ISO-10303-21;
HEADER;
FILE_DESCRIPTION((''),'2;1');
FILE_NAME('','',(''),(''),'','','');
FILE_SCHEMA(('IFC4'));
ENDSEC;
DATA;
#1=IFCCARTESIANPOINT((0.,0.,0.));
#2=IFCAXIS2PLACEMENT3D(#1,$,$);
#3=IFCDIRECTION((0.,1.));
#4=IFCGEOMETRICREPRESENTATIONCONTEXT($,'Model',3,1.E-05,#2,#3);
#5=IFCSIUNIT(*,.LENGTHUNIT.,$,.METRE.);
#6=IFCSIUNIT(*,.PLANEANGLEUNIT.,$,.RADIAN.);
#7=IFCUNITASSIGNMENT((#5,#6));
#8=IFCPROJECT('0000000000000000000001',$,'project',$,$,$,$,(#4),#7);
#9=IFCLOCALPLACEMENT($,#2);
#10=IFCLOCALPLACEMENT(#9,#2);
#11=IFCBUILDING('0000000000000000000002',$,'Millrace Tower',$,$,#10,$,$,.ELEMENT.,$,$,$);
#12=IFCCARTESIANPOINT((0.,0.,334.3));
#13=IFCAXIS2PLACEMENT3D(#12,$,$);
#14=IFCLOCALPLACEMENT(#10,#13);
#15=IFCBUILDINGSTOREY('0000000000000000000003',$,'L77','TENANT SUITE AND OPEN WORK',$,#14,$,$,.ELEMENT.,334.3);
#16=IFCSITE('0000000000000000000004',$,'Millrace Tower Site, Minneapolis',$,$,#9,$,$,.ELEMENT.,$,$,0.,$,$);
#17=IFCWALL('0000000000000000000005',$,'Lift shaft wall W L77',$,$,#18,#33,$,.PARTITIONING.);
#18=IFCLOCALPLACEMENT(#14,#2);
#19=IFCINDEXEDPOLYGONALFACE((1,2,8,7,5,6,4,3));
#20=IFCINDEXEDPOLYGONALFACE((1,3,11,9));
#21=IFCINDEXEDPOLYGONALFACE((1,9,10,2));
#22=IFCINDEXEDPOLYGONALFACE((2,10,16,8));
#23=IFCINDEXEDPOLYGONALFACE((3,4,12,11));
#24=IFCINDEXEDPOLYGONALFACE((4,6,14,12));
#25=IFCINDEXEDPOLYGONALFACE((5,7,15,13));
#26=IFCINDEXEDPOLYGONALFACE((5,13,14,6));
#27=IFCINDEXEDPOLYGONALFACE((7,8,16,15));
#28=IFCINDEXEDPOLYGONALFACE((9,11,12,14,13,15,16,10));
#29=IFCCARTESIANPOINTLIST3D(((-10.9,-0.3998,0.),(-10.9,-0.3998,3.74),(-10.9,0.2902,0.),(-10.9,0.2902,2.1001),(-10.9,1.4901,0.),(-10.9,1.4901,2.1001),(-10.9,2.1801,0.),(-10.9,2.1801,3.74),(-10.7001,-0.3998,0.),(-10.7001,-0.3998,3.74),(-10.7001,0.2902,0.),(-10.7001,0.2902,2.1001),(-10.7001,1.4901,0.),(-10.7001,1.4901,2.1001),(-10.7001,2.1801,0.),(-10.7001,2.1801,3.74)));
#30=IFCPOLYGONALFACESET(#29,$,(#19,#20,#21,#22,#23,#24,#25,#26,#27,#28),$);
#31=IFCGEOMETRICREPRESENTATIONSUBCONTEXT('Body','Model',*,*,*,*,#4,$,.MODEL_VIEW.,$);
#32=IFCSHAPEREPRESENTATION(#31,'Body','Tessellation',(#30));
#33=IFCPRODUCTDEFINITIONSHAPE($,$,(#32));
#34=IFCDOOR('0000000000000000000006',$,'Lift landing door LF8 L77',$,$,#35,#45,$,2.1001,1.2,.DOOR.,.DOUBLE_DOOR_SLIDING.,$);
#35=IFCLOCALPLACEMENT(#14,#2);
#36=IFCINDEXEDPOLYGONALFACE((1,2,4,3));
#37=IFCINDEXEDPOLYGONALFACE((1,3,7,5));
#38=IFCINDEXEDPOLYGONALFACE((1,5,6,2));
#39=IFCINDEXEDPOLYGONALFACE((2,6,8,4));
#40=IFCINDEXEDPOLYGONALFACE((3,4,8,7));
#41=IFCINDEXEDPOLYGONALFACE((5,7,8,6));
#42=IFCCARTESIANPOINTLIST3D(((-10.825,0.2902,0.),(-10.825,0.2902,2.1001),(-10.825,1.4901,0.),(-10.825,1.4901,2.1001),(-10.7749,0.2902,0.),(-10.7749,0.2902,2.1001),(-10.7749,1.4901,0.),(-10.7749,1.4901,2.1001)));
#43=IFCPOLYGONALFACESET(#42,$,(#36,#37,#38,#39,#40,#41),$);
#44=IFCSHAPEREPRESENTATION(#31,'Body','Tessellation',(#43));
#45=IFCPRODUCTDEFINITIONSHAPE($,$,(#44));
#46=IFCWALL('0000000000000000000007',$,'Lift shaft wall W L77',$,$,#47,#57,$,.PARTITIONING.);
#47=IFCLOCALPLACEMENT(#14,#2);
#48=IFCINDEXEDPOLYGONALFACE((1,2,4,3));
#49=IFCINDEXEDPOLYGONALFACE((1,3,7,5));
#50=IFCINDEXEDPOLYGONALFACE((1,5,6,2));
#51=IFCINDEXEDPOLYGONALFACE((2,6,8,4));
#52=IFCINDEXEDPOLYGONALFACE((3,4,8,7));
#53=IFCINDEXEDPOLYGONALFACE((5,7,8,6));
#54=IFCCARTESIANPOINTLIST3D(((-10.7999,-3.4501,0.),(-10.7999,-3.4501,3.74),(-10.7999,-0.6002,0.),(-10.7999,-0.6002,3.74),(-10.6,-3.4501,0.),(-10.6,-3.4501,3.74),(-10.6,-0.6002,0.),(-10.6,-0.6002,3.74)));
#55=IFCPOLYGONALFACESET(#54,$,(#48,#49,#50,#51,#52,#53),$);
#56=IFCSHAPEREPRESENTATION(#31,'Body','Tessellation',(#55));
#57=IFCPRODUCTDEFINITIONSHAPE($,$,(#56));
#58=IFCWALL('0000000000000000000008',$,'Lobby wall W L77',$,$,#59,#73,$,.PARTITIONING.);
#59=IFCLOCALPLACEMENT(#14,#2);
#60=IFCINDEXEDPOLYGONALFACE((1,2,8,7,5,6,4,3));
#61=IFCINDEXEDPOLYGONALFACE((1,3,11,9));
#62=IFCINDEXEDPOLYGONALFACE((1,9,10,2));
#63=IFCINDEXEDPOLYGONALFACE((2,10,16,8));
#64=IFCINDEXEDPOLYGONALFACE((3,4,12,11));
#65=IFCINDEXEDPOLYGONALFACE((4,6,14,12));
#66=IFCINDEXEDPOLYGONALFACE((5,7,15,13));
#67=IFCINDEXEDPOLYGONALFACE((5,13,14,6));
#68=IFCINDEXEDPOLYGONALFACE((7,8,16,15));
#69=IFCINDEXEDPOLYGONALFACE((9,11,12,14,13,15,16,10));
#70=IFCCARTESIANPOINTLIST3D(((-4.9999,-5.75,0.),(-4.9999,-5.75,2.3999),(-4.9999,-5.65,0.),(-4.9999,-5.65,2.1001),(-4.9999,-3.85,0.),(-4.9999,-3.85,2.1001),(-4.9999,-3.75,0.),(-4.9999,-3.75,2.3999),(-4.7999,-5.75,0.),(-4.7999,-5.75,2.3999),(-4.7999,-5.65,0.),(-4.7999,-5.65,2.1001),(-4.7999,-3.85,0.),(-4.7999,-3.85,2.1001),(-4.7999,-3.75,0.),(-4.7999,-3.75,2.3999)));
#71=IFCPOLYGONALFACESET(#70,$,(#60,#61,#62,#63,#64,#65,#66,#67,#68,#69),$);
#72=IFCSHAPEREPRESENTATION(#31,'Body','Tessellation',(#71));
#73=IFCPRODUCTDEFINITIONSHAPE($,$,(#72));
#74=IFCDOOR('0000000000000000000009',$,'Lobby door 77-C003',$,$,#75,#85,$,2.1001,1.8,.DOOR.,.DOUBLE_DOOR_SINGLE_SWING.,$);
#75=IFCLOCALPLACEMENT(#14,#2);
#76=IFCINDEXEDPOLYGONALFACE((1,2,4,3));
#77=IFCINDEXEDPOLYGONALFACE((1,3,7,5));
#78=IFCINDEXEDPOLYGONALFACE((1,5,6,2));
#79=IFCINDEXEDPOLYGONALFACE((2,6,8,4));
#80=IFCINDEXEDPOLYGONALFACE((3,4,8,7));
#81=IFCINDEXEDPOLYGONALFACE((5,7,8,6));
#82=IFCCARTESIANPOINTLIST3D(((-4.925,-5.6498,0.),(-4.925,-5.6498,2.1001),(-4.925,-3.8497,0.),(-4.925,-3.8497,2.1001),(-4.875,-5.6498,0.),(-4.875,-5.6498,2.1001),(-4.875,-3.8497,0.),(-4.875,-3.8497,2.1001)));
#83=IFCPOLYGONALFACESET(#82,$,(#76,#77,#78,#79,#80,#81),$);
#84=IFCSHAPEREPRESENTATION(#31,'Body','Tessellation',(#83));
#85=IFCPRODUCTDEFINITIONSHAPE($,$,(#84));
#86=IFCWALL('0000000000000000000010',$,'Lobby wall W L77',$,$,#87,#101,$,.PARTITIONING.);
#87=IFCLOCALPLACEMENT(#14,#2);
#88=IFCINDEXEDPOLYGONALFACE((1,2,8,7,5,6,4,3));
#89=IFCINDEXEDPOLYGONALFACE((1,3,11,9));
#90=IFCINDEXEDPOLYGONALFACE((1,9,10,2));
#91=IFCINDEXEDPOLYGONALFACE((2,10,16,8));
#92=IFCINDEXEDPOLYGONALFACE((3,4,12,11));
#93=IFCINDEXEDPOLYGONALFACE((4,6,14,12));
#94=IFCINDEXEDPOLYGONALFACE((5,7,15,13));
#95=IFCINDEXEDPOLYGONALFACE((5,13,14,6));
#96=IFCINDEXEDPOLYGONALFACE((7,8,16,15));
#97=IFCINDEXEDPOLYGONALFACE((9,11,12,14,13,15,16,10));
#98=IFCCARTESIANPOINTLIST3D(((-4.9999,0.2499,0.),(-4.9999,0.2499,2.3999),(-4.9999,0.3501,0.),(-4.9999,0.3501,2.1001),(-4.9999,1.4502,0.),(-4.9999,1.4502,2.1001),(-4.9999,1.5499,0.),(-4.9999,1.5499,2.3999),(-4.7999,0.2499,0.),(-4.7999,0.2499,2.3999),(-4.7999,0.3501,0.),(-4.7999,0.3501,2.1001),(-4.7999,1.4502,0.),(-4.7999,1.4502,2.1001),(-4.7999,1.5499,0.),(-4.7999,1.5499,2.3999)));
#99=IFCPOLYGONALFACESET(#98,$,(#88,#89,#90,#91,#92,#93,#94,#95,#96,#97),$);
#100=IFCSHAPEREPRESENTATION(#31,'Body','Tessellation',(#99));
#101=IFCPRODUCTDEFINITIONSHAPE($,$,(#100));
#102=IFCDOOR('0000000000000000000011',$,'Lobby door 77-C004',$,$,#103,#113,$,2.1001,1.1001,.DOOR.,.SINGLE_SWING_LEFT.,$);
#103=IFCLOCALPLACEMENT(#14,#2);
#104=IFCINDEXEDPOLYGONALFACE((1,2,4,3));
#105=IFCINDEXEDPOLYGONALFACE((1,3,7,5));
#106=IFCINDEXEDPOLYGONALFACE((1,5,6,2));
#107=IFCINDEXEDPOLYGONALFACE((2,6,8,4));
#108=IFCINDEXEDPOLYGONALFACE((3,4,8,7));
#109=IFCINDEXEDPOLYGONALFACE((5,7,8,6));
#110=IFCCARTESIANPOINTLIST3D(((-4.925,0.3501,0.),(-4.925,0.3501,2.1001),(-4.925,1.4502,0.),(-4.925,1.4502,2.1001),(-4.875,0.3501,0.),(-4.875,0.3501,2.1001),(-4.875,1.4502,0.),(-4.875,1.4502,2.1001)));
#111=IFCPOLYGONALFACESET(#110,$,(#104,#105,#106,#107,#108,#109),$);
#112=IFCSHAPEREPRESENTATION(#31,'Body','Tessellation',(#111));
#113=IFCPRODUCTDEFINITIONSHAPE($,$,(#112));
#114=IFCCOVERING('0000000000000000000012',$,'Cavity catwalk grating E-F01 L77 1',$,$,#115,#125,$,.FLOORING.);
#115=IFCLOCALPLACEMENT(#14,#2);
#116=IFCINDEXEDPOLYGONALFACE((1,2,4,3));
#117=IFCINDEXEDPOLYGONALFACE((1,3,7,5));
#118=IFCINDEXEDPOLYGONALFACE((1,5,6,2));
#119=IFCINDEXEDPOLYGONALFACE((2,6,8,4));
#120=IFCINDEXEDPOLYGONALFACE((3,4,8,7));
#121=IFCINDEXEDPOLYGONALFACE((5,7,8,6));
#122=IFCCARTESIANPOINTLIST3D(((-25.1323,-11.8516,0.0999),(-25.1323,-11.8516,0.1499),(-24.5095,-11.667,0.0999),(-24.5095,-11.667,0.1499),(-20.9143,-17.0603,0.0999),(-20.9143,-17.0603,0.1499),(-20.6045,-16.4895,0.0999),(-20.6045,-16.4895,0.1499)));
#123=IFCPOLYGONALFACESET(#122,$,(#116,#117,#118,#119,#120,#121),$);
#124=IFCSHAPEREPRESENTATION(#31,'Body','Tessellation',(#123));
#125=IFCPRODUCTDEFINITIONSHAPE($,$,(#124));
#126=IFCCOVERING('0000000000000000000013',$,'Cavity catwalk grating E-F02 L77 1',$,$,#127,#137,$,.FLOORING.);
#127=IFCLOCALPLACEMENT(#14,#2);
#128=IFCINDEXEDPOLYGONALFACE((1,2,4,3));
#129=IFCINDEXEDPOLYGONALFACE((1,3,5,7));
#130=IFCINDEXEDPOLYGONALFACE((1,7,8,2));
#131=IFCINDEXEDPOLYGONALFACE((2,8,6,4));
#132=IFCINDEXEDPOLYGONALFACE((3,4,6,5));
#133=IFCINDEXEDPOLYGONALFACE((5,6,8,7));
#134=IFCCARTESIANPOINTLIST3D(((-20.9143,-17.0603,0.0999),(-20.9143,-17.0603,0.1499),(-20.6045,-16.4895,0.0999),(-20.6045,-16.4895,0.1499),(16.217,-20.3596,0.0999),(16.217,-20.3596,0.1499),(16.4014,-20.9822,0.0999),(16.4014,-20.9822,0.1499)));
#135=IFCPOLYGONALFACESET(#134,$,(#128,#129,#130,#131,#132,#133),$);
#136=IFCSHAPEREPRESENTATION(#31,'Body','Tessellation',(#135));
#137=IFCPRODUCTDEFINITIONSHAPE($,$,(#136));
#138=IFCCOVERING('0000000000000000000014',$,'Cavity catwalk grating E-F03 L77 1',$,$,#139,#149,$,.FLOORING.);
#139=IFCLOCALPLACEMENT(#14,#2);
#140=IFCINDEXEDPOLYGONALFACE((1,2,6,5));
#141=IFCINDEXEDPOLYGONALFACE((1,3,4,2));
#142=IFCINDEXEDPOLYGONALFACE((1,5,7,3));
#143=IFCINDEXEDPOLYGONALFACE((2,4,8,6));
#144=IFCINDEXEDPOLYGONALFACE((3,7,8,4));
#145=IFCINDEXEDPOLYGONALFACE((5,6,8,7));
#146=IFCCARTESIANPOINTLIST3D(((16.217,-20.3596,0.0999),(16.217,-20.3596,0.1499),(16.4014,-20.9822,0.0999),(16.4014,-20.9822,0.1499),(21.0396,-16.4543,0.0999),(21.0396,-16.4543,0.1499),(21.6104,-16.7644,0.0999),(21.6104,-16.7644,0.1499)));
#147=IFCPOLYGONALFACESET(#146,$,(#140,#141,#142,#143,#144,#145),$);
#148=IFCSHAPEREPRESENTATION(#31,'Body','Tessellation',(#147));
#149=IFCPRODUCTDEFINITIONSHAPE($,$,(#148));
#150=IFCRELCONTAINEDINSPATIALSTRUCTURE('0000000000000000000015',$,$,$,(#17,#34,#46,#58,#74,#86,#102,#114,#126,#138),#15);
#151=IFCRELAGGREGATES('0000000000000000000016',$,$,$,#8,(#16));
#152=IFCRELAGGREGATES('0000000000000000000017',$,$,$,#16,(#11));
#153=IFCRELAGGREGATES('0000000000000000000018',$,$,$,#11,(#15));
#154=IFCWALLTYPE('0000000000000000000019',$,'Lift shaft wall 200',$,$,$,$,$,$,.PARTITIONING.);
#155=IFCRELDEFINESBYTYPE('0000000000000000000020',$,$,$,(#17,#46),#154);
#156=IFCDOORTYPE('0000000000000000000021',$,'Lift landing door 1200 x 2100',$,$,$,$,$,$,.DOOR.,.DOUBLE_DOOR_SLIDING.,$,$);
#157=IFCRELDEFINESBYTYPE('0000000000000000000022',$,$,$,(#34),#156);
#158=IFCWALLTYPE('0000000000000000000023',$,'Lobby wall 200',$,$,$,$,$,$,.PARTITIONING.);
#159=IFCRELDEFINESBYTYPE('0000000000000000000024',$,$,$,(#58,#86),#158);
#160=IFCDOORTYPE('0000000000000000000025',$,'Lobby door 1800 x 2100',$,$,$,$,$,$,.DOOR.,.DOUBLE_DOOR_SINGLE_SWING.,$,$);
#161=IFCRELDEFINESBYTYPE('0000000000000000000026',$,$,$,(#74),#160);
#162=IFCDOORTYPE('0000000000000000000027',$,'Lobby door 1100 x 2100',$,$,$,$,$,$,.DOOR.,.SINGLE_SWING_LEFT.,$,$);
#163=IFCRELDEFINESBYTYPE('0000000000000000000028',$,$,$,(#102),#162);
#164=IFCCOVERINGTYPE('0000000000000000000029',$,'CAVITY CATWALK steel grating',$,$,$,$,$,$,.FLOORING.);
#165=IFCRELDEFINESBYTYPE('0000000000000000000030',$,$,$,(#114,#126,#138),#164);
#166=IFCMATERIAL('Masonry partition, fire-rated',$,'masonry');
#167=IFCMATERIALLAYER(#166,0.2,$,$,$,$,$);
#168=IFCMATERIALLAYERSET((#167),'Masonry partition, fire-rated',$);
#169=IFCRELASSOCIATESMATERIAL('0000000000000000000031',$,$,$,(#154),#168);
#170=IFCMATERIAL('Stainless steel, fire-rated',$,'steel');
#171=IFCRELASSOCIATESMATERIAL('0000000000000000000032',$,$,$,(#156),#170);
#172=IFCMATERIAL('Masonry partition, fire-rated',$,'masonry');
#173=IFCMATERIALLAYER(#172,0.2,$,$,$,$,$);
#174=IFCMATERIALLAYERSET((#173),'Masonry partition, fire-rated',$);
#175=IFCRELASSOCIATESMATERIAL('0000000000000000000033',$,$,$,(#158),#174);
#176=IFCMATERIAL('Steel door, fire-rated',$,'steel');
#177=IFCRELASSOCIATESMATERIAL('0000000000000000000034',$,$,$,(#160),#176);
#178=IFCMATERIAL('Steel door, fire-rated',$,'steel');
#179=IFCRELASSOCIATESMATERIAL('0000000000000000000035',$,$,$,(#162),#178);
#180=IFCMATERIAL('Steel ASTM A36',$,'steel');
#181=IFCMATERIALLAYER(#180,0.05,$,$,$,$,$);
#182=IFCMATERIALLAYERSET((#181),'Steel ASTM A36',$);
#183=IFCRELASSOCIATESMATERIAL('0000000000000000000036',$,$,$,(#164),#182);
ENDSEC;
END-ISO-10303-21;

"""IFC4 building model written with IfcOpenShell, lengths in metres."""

from ifc_helpers import new_model, si_unit, direction, frame, frame_2d, origin, place, context, subcontext, project, spatial, polyline, rectangle, outline, extrude, material, layer, layer_set, type_object, element, fill, save


model = new_model("IFC4")

# Units and contexts
model_context = context("Model", 3, precision=1e-05, world=origin(), true_north=direction((0.0, 1.0)))
body_context = subcontext(model_context, "Body", "Model", "MODEL_VIEW")
ifc_project = project(units=[si_unit("LENGTHUNIT", "METRE"), si_unit("PLANEANGLEUNIT", "RADIAN")], contexts=[model_context])

# Site, building, storey
site_placement = place(None, origin())
site = spatial("IfcSite", under=ifc_project, at=site_placement, Name="Millrace Tower Site, Minneapolis", CompositionType="ELEMENT", RefElevation=0.0)
building_placement = place(site_placement, origin())
building = spatial("IfcBuilding", under=site, at=building_placement, Name="Millrace Tower", CompositionType="ELEMENT")
storey_placement = place(building_placement, frame((0.0, 0.0, 334.3)))
storey = spatial("IfcBuildingStorey", under=building, at=storey_placement, Name="L77", Description="TENANT SUITE AND OPEN WORK", CompositionType="ELEMENT", Elevation=334.3)

# Wall, opening, door
ifc_material_1 = material(Name="Masonry partition, fire-rated", Category="masonry")
ifc_layer_1 = layer(ifc_material_1, 0.2)
ifc_layer_set_1 = layer_set([ifc_layer_1], Name="Masonry partition, fire-rated")
wall_type_1 = type_object("IfcWallType", Name="Lift shaft wall 200", PredefinedType="PARTITIONING", material=ifc_layer_set_1)
wall_1_placement = place(storey_placement, frame((-10.8, -0.3999, 0.0), z_axis=(0.0, 0.0, 1.0), x_axis=(0.0, 1.0, 0.0)))
wall_1 = element("IfcWall", 1, at=wall_1_placement, inside=storey, type_object=wall_type_1, Name="Lift shaft wall W L77", PredefinedType="PARTITIONING", context=body_context, shape_type="SweptSolid", body=[
    extrude(rectangle(XDim=2.5798, YDim=0.2, at=frame_2d((1.29, 0.0))), origin(), (0.0, 0.0, 1.0), 3.74),
])
opening_1_placement = place(wall_1_placement, frame((0.6899, 0.0, 0.0)))
opening_1 = element("IfcOpeningElement", 2, at=opening_1_placement, cuts=wall_1, PredefinedType="OPENING", context=body_context, shape_type="SweptSolid", body=[
    extrude(rectangle(XDim=1.2, YDim=2.1001, at=frame_2d((0.6001, 1.05))), frame((0.0, 0.1099, 0.0), z_axis=(0.0, -1.0, 0.0), x_axis=(1.0, 0.0, 0.0)), (0.0, 0.0, 1.0), 0.22),
])
ifc_material_2 = material(Name="Stainless steel, fire-rated", Category="steel")
door_type_1 = type_object("IfcDoorType", Name="Lift landing door 1200 x 2100", OperationType="DOUBLE_DOOR_SLIDING", PredefinedType="DOOR", material=ifc_material_2)
door_1_placement = place(opening_1_placement, origin())
door_1 = element("IfcDoor", 3, at=door_1_placement, inside=storey, type_object=door_type_1, Name="Lift landing door LF8 L77", OperationType="DOUBLE_DOOR_SLIDING", OverallHeight=2.1001, OverallWidth=1.2, PredefinedType="DOOR", context=body_context, shape_type="SweptSolid", body=[
    extrude(rectangle(XDim=1.2, YDim=2.1001, at=frame_2d((0.6001, 1.05))), frame((0.0, 0.0249, 0.0), z_axis=(0.0, -1.0, 0.0), x_axis=(1.0, 0.0, 0.0)), (0.0, 0.0, 1.0), 0.05),
])
fill(opening_1, door_1)

# Wall
wall_2_placement = place(storey_placement, frame((-10.7, -3.45, 0.0), z_axis=(0.0, 0.0, 1.0), x_axis=(0.0, 1.0, 0.0)))
element("IfcWall", 4, at=wall_2_placement, inside=storey, type_object=wall_type_1, Name="Lift shaft wall W L77", PredefinedType="PARTITIONING", context=body_context, shape_type="SweptSolid", body=[
    extrude(rectangle(XDim=2.8499, YDim=0.2, at=frame_2d((1.4248, 0.0))), origin(), (0.0, 0.0, 1.0), 3.74),
])

# Walls, openings, doors
ifc_material_3 = material(Name="Masonry partition, fire-rated", Category="masonry")
ifc_layer_2 = layer(ifc_material_3, 0.2)
ifc_layer_set_2 = layer_set([ifc_layer_2], Name="Masonry partition, fire-rated")
wall_type_2 = type_object("IfcWallType", Name="Lobby wall 200", PredefinedType="PARTITIONING", material=ifc_layer_set_2)
wall_3_placement = place(storey_placement, frame((-4.8999, -5.75, 0.0), z_axis=(0.0, 0.0, 1.0), x_axis=(0.0, 1.0, 0.0)))
wall_3 = element("IfcWall", 5, at=wall_3_placement, inside=storey, type_object=wall_type_2, Name="Lobby wall W L77", PredefinedType="PARTITIONING", context=body_context, shape_type="SweptSolid", body=[
    extrude(rectangle(XDim=2.0, YDim=0.2, at=frame_2d((1.0, 0.0))), origin(), (0.0, 0.0, 1.0), 2.3999),
])
opening_2_placement = place(wall_3_placement, frame((0.1001, 0.0, 0.0)))
opening_2 = element("IfcOpeningElement", 6, at=opening_2_placement, cuts=wall_3, PredefinedType="OPENING", context=body_context, shape_type="SweptSolid", body=[
    extrude(rectangle(XDim=1.8, YDim=2.1001, at=frame_2d((0.8999, 1.05))), frame((0.0, 0.1099, 0.0), z_axis=(0.0, -1.0, 0.0), x_axis=(1.0, 0.0, 0.0)), (0.0, 0.0, 1.0), 0.22),
])
ifc_material_4 = material(Name="Steel door, fire-rated", Category="steel")
door_type_2 = type_object("IfcDoorType", Name="Lobby door 1800 x 2100", OperationType="DOUBLE_DOOR_SINGLE_SWING", PredefinedType="DOOR", material=ifc_material_4)
door_2_placement = place(opening_2_placement, frame((1.8, 0.0, 0.0), z_axis=(0.0, 0.0, 1.0), x_axis=(-1.0, 0.0, 0.0)))
door_2 = element("IfcDoor", 7, at=door_2_placement, inside=storey, type_object=door_type_2, Name="Lobby door 77-C003", OperationType="DOUBLE_DOOR_SINGLE_SWING", OverallHeight=2.1001, OverallWidth=1.8, PredefinedType="DOOR", context=body_context, shape_type="SweptSolid", body=[
    extrude(rectangle(XDim=1.8, YDim=2.1001, at=frame_2d((0.8999, 1.05))), frame((0.0, 0.0249, 0.0), z_axis=(0.0, -1.0, 0.0), x_axis=(1.0, 0.0, 0.0)), (0.0, 0.0, 1.0), 0.05),
])
fill(opening_2, door_2)
wall_4_placement = place(storey_placement, frame((-4.8999, 0.25, 0.0), z_axis=(0.0, 0.0, 1.0), x_axis=(0.0, 1.0, 0.0)))
wall_4 = element("IfcWall", 8, at=wall_4_placement, inside=storey, type_object=wall_type_2, Name="Lobby wall W L77", PredefinedType="PARTITIONING", context=body_context, shape_type="SweptSolid", body=[
    extrude(rectangle(XDim=1.3, YDim=0.2, at=frame_2d((0.6499, 0.0))), origin(), (0.0, 0.0, 1.0), 2.3999),
])
opening_3_placement = place(wall_4_placement, frame((0.1001, 0.0, 0.0)))
opening_3 = element("IfcOpeningElement", 9, at=opening_3_placement, cuts=wall_4, PredefinedType="OPENING", context=body_context, shape_type="SweptSolid", body=[
    extrude(rectangle(XDim=1.1001, YDim=2.1001, at=frame_2d((0.55, 1.05))), frame((0.0, 0.1099, 0.0), z_axis=(0.0, -1.0, 0.0), x_axis=(1.0, 0.0, 0.0)), (0.0, 0.0, 1.0), 0.22),
])
ifc_material_5 = material(Name="Steel door, fire-rated", Category="steel")
door_type_3 = type_object("IfcDoorType", Name="Lobby door 1100 x 2100", OperationType="SINGLE_SWING_LEFT", PredefinedType="DOOR", material=ifc_material_5)
door_3_placement = place(opening_3_placement, frame((1.1001, 0.0, 0.0), z_axis=(0.0, 0.0, 1.0), x_axis=(-1.0, 0.0, 0.0)))
door_3 = element("IfcDoor", 10, at=door_3_placement, inside=storey, type_object=door_type_3, Name="Lobby door 77-C004", OperationType="SINGLE_SWING_LEFT", OverallHeight=2.1001, OverallWidth=1.1001, PredefinedType="DOOR", context=body_context, shape_type="SweptSolid", body=[
    extrude(rectangle(XDim=1.1001, YDim=2.1001, at=frame_2d((0.55, 1.05))), frame((0.0, 0.0249, 0.0), z_axis=(0.0, -1.0, 0.0), x_axis=(1.0, 0.0, 0.0)), (0.0, 0.0, 1.0), 0.05),
])
fill(opening_3, door_3)

# Coverings
ifc_material_6 = material(Name="Steel ASTM A36", Category="steel")
ifc_layer_3 = layer(ifc_material_6, 0.05)
ifc_layer_set_3 = layer_set([ifc_layer_3], Name="Steel ASTM A36")
covering_type = type_object("IfcCoveringType", Name="CAVITY CATWALK steel grating", PredefinedType="FLOORING", material=ifc_layer_set_3)
placement_1 = place(storey_placement, frame((0.0, 0.0, 0.0999)))
element("IfcCovering", 11, at=placement_1, inside=storey, type_object=covering_type, Name="Cavity catwalk grating E-F01 L77 1", PredefinedType="FLOORING", context=body_context, shape_type="SweptSolid", body=[
    extrude(outline(polyline([(-25.1323, -11.8516), (-20.9143, -17.0603), (-20.6045, -16.4895), (-24.5095, -11.667), (-25.1323, -11.8516)])), origin(), (0.0, 0.0, 1.0), 0.05),
])
element("IfcCovering", 12, at=placement_1, inside=storey, type_object=covering_type, Name="Cavity catwalk grating E-F02 L77 1", PredefinedType="FLOORING", context=body_context, shape_type="SweptSolid", body=[
    extrude(outline(polyline([(-20.9143, -17.0603), (16.4014, -20.9822), (16.217, -20.3596), (-20.6045, -16.4895), (-20.9143, -17.0603)])), origin(), (0.0, 0.0, 1.0), 0.05),
])
element("IfcCovering", 13, at=placement_1, inside=storey, type_object=covering_type, Name="Cavity catwalk grating E-F03 L77 1", PredefinedType="FLOORING", context=body_context, shape_type="SweptSolid", body=[
    extrude(outline(polyline([(16.4014, -20.9822), (21.6104, -16.7644), (21.0396, -16.4543), (16.217, -20.3596), (16.4014, -20.9822)])), origin(), (0.0, 0.0, 1.0), 0.05),
])

save(model, "model.ifc")
